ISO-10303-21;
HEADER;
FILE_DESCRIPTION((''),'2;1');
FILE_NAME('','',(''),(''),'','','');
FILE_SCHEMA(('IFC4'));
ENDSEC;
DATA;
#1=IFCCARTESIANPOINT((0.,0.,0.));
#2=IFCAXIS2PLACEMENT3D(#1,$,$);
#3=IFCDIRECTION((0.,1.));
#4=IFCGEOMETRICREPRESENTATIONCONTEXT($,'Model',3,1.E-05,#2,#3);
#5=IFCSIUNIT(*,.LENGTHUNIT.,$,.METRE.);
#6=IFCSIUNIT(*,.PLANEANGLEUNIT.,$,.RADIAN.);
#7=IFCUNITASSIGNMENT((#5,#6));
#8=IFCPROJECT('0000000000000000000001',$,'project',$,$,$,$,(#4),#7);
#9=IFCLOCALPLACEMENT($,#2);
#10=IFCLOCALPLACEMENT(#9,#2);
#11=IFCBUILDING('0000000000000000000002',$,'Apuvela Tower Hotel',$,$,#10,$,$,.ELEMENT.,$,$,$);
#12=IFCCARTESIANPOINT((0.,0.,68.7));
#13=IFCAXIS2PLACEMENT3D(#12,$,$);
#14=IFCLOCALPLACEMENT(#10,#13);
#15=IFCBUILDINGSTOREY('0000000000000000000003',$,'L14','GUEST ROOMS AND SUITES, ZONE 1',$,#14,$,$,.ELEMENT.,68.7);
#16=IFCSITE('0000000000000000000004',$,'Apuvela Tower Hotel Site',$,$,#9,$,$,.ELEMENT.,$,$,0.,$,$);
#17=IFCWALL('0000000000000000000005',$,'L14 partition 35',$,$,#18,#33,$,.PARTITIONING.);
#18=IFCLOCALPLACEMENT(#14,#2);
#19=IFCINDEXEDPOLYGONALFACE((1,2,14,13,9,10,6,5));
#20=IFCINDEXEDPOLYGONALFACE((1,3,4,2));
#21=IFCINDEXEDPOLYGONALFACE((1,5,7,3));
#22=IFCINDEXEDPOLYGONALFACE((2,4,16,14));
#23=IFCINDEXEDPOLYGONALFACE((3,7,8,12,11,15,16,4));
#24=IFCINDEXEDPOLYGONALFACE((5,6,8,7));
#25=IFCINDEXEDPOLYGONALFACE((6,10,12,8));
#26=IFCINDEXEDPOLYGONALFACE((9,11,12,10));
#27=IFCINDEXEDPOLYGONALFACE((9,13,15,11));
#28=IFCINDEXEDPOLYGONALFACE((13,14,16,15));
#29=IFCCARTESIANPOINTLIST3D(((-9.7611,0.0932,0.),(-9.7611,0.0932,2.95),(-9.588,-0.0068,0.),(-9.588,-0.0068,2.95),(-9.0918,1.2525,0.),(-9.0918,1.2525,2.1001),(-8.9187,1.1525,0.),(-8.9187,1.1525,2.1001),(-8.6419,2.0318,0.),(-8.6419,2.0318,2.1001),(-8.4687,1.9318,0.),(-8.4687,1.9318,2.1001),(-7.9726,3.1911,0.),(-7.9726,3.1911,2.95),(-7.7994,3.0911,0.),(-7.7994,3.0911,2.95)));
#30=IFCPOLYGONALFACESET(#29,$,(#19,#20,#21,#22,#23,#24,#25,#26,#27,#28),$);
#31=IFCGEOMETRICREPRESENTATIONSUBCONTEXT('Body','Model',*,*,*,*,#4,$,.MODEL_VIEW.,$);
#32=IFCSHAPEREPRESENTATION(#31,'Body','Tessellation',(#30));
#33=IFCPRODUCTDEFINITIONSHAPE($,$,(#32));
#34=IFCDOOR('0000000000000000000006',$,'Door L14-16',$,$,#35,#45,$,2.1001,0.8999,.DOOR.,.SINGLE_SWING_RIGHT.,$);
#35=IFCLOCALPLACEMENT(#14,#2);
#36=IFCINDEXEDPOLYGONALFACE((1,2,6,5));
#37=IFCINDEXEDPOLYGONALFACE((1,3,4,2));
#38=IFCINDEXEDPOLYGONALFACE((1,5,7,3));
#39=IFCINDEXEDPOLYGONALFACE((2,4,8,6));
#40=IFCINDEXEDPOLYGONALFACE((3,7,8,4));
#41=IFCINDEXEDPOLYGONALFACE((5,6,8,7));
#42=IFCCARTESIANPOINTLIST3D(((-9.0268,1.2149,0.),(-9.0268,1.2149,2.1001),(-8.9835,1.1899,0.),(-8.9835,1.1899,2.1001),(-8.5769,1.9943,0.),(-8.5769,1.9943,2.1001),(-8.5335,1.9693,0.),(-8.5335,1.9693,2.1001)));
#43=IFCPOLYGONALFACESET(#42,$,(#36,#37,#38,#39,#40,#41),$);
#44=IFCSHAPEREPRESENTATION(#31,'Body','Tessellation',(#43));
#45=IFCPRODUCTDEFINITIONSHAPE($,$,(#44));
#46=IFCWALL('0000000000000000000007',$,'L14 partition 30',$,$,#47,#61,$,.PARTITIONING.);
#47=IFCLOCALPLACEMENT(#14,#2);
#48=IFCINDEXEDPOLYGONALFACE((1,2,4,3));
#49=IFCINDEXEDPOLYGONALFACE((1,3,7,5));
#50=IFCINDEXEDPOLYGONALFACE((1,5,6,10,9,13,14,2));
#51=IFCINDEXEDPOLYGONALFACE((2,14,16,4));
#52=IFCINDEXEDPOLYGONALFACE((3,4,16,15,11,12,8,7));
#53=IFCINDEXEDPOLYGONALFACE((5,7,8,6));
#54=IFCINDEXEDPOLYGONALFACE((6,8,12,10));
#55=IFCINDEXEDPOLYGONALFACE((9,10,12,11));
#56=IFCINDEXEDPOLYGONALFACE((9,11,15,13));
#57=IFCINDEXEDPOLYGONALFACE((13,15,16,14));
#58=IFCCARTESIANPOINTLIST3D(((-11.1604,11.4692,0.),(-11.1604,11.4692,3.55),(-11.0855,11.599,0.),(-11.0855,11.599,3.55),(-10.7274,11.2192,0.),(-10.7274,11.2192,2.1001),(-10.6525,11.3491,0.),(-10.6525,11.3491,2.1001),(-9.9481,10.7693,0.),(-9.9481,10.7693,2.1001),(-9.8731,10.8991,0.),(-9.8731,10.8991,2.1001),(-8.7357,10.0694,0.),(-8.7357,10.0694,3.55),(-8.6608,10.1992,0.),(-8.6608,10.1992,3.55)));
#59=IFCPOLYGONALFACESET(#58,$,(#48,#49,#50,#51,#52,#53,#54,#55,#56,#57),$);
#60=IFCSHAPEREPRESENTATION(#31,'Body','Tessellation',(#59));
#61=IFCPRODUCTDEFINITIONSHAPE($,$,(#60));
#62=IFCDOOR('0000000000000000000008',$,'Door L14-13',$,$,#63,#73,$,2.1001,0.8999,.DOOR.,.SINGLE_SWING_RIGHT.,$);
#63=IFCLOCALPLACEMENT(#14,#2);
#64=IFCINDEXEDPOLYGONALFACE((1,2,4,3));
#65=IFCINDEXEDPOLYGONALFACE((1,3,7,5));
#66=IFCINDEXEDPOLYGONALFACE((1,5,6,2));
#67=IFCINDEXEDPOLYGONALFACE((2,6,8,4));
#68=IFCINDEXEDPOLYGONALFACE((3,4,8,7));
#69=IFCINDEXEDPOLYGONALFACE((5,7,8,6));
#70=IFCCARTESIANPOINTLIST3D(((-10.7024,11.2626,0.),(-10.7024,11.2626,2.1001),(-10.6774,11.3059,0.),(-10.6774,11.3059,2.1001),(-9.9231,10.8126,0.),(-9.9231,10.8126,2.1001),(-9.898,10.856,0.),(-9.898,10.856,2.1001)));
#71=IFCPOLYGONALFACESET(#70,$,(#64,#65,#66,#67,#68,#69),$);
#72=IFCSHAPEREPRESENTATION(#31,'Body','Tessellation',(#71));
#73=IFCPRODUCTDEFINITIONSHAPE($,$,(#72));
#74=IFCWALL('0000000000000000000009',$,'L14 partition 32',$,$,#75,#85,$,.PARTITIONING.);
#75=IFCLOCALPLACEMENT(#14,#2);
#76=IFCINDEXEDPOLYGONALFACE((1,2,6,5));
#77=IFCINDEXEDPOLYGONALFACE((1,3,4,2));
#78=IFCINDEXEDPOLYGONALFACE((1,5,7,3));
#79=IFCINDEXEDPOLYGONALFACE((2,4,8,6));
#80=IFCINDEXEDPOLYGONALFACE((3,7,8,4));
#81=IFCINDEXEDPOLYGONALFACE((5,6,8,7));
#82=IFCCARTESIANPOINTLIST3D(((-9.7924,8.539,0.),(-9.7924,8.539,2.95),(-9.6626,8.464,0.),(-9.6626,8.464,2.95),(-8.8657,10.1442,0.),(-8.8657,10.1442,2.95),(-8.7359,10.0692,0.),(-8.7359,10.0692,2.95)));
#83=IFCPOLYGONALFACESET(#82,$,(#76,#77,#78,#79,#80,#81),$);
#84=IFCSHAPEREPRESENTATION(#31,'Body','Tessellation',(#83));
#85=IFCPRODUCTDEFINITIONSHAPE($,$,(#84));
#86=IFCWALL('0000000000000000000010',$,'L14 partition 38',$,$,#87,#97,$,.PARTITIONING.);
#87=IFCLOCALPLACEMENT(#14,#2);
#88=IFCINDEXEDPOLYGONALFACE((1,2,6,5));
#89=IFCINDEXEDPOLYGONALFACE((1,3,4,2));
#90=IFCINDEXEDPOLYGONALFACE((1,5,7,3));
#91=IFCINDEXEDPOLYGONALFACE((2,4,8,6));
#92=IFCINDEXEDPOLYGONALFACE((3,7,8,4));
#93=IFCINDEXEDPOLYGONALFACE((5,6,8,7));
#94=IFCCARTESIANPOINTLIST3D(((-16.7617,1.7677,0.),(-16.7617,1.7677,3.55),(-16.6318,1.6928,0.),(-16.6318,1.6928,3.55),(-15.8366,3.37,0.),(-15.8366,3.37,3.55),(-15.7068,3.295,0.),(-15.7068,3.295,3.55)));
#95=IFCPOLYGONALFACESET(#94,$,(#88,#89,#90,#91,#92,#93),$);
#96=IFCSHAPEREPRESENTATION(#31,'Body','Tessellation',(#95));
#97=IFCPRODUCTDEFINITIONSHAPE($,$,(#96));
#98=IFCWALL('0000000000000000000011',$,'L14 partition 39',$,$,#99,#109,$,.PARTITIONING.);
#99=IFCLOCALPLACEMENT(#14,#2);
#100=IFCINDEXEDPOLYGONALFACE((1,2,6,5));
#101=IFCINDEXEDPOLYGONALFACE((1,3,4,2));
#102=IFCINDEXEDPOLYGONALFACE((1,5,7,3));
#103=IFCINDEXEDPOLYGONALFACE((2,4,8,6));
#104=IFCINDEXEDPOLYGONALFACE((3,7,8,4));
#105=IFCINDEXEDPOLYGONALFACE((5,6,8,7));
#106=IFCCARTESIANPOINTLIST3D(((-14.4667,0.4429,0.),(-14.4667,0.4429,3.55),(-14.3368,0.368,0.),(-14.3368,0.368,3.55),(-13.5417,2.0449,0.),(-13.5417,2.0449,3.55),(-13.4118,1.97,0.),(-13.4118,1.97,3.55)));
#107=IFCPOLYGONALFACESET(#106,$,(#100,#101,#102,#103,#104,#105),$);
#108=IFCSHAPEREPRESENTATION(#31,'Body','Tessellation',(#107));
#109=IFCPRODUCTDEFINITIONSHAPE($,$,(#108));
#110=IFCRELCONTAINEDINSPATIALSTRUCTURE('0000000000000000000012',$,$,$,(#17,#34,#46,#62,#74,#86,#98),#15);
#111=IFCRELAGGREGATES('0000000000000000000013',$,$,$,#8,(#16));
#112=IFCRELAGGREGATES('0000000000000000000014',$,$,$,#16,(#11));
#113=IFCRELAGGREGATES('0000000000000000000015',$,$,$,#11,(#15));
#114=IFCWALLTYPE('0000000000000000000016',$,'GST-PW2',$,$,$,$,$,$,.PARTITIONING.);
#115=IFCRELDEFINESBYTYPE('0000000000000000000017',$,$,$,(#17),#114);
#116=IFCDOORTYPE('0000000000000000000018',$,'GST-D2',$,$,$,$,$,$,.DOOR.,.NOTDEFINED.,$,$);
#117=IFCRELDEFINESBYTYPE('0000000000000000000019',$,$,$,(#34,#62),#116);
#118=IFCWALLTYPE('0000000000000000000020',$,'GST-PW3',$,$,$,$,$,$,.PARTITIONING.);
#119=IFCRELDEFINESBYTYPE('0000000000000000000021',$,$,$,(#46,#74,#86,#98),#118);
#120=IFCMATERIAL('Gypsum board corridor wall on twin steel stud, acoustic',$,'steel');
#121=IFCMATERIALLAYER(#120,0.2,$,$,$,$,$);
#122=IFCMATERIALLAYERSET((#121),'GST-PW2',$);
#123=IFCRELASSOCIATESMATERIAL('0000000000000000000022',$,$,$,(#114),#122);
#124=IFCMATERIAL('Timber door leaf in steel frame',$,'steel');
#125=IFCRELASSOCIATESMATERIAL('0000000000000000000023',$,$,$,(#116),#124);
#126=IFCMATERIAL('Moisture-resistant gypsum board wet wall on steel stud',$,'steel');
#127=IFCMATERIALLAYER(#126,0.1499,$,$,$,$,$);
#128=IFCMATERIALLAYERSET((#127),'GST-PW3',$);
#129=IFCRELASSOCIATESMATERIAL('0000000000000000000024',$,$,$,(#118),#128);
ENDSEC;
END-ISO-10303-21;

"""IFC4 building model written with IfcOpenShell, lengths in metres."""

from ifc_helpers import new_model, si_unit, direction, frame, frame_2d, origin, place, context, subcontext, project, spatial, rectangle, extrude, material, layer, layer_set, type_object, element, fill, save


model = new_model("IFC4")

# Units and contexts
model_context = context("Model", 3, precision=1e-05, world=origin(), true_north=direction((0.0, 1.0)))
body_context = subcontext(model_context, "Body", "Model", "MODEL_VIEW")
ifc_project = project(units=[si_unit("LENGTHUNIT", "METRE"), si_unit("PLANEANGLEUNIT", "RADIAN")], contexts=[model_context])

# Site, building, storey
site_placement = place(None, origin())
site = spatial("IfcSite", under=ifc_project, at=site_placement, Name="Apuvela Tower Hotel Site", CompositionType="ELEMENT", RefElevation=0.0)
building_placement = place(site_placement, origin())
building = spatial("IfcBuilding", under=site, at=building_placement, Name="Apuvela Tower Hotel", CompositionType="ELEMENT")
storey_placement = place(building_placement, frame((0.0, 0.0, 68.7)))
storey = spatial("IfcBuildingStorey", under=building, at=storey_placement, Name="L14", Description="GUEST ROOMS AND SUITES, ZONE 1", CompositionType="ELEMENT", Elevation=68.7)

# Walls, openings, doors
ifc_material_1 = material(Name="Gypsum board corridor wall on twin steel stud, acoustic", Category="steel")
ifc_layer_1 = layer(ifc_material_1, 0.2)
ifc_layer_set_1 = layer_set([ifc_layer_1], Name="GST-PW2")
wall_type_1 = type_object("IfcWallType", Name="GST-PW2", PredefinedType="PARTITIONING", material=ifc_layer_set_1)
ifc_material_2 = material(Name="Timber door leaf in steel frame", Category="steel")
door_type_1 = type_object("IfcDoorType", Name="GST-D2", OperationType="NOTDEFINED", PredefinedType="DOOR", material=ifc_material_2)
wall_1_placement = place(storey_placement, frame((-9.6746, 0.0432, 0.0), z_axis=(0.0, 0.0, 1.0), x_axis=(0.5, 0.866025, 0.0)))
wall_1 = element("IfcWall", 1, at=wall_1_placement, inside=storey, type_object=wall_type_1, Name="L14 partition 35", PredefinedType="PARTITIONING", context=body_context, shape_type="SweptSolid", body=[
    extrude(rectangle(XDim=3.5771, YDim=0.2, at=frame_2d((1.7886, 0.0))), origin(), (0.0, 0.0, 1.0), 2.95),
])
opening_1_placement = place(wall_1_placement, frame((1.3386, 0.0, 0.0)))
opening_1 = element("IfcOpeningElement", 2, at=opening_1_placement, cuts=wall_1, PredefinedType="OPENING", context=body_context, shape_type="SweptSolid", body=[
    extrude(rectangle(XDim=0.8999, YDim=2.1001, at=frame_2d((0.45, 1.05))), frame((0.0, 0.1099, 0.0), z_axis=(0.0, -1.0, 0.0), x_axis=(1.0, 0.0, 0.0)), (0.0, 0.0, 1.0), 0.22),
])
door_1_placement = place(opening_1_placement, origin())
door_1 = element("IfcDoor", 3, at=door_1_placement, inside=storey, type_object=door_type_1, Name="Door L14-16", OperationType="SINGLE_SWING_RIGHT", OverallHeight=2.1001, OverallWidth=0.8999, PredefinedType="DOOR", context=body_context, shape_type="SweptSolid", body=[
    extrude(rectangle(XDim=0.8999, YDim=2.1001, at=frame_2d((0.45, 1.05))), frame((0.0, 0.0249, 0.0), z_axis=(0.0, -1.0, 0.0), x_axis=(1.0, 0.0, 0.0)), (0.0, 0.0, 1.0), 0.05),
])
fill(opening_1, door_1)
ifc_material_3 = material(Name="Moisture-resistant gypsum board wet wall on steel stud", Category="steel")
ifc_layer_2 = layer(ifc_material_3, 0.1499)
ifc_layer_set_2 = layer_set([ifc_layer_2], Name="GST-PW3")
wall_type_2 = type_object("IfcWallType", Name="GST-PW3", PredefinedType="PARTITIONING", material=ifc_layer_set_2)
wall_2_placement = place(storey_placement, frame((-8.6982, 10.1343, 0.0), z_axis=(0.0, 0.0, 1.0), x_axis=(-0.866035, 0.499984, 0.0)))
wall_2 = element("IfcWall", 4, at=wall_2_placement, inside=storey, type_object=wall_type_2, Name="L14 partition 30", PredefinedType="PARTITIONING", context=body_context, shape_type="SweptSolid", body=[
    extrude(rectangle(XDim=2.7998, YDim=0.1499, at=frame_2d((1.3999, 0.0))), origin(), (0.0, 0.0, 1.0), 3.55),
])
opening_2_placement = place(wall_2_placement, frame((1.3999, 0.0, 0.0)))
opening_2 = element("IfcOpeningElement", 5, at=opening_2_placement, cuts=wall_2, PredefinedType="OPENING", context=body_context, shape_type="SweptSolid", body=[
    extrude(rectangle(XDim=0.8999, YDim=2.1001, at=frame_2d((0.45, 1.05))), frame((0.0, 0.085, 0.0), z_axis=(0.0, -1.0, 0.0), x_axis=(1.0, 0.0, 0.0)), (0.0, 0.0, 1.0), 0.1699),
])
door_2_placement = place(opening_2_placement, origin())
door_2 = element("IfcDoor", 6, at=door_2_placement, inside=storey, type_object=door_type_1, Name="Door L14-13", OperationType="SINGLE_SWING_RIGHT", OverallHeight=2.1001, OverallWidth=0.8999, PredefinedType="DOOR", context=body_context, shape_type="SweptSolid", body=[
    extrude(rectangle(XDim=0.8999, YDim=2.1001, at=frame_2d((0.45, 1.05))), frame((0.0, 0.0249, 0.0), z_axis=(0.0, -1.0, 0.0), x_axis=(1.0, 0.0, 0.0)), (0.0, 0.0, 1.0), 0.05),
])
fill(opening_2, door_2)

# Walls
wall_3_placement = place(storey_placement, frame((-8.8008, 10.1067, 0.0), z_axis=(0.0, 0.0, 1.0), x_axis=(-0.499992, -0.86603, 0.0)))
element("IfcWall", 7, at=wall_3_placement, inside=storey, type_object=wall_type_2, Name="L14 partition 32", PredefinedType="PARTITIONING", context=body_context, shape_type="SweptSolid", body=[
    extrude(rectangle(XDim=1.8535, YDim=0.1499, at=frame_2d((0.9268, 0.0))), origin(), (0.0, 0.0, 1.0), 2.95),
])
wall_4_placement = place(storey_placement, frame((-15.7717, 3.3325, 0.0), z_axis=(0.0, 0.0, 1.0), x_axis=(-0.499985, -0.866034, 0.0)))
element("IfcWall", 8, at=wall_4_placement, inside=storey, type_object=wall_type_2, Name="L14 partition 38", PredefinedType="PARTITIONING", context=body_context, shape_type="SweptSolid", body=[
    extrude(rectangle(XDim=1.8501, YDim=0.1499, at=frame_2d((0.925, 0.0))), origin(), (0.0, 0.0, 1.0), 3.55),
])
wall_5_placement = place(storey_placement, frame((-13.4768, 2.0073, 0.0), z_axis=(0.0, 0.0, 1.0), x_axis=(-0.500042, -0.866001, 0.0)))
element("IfcWall", 9, at=wall_5_placement, inside=storey, type_object=wall_type_2, Name="L14 partition 39", PredefinedType="PARTITIONING", context=body_context, shape_type="SweptSolid", body=[
    extrude(rectangle(XDim=1.8499, YDim=0.1499, at=frame_2d((0.9248, 0.0))), origin(), (0.0, 0.0, 1.0), 3.55),
])

save(model, "model.ifc")
